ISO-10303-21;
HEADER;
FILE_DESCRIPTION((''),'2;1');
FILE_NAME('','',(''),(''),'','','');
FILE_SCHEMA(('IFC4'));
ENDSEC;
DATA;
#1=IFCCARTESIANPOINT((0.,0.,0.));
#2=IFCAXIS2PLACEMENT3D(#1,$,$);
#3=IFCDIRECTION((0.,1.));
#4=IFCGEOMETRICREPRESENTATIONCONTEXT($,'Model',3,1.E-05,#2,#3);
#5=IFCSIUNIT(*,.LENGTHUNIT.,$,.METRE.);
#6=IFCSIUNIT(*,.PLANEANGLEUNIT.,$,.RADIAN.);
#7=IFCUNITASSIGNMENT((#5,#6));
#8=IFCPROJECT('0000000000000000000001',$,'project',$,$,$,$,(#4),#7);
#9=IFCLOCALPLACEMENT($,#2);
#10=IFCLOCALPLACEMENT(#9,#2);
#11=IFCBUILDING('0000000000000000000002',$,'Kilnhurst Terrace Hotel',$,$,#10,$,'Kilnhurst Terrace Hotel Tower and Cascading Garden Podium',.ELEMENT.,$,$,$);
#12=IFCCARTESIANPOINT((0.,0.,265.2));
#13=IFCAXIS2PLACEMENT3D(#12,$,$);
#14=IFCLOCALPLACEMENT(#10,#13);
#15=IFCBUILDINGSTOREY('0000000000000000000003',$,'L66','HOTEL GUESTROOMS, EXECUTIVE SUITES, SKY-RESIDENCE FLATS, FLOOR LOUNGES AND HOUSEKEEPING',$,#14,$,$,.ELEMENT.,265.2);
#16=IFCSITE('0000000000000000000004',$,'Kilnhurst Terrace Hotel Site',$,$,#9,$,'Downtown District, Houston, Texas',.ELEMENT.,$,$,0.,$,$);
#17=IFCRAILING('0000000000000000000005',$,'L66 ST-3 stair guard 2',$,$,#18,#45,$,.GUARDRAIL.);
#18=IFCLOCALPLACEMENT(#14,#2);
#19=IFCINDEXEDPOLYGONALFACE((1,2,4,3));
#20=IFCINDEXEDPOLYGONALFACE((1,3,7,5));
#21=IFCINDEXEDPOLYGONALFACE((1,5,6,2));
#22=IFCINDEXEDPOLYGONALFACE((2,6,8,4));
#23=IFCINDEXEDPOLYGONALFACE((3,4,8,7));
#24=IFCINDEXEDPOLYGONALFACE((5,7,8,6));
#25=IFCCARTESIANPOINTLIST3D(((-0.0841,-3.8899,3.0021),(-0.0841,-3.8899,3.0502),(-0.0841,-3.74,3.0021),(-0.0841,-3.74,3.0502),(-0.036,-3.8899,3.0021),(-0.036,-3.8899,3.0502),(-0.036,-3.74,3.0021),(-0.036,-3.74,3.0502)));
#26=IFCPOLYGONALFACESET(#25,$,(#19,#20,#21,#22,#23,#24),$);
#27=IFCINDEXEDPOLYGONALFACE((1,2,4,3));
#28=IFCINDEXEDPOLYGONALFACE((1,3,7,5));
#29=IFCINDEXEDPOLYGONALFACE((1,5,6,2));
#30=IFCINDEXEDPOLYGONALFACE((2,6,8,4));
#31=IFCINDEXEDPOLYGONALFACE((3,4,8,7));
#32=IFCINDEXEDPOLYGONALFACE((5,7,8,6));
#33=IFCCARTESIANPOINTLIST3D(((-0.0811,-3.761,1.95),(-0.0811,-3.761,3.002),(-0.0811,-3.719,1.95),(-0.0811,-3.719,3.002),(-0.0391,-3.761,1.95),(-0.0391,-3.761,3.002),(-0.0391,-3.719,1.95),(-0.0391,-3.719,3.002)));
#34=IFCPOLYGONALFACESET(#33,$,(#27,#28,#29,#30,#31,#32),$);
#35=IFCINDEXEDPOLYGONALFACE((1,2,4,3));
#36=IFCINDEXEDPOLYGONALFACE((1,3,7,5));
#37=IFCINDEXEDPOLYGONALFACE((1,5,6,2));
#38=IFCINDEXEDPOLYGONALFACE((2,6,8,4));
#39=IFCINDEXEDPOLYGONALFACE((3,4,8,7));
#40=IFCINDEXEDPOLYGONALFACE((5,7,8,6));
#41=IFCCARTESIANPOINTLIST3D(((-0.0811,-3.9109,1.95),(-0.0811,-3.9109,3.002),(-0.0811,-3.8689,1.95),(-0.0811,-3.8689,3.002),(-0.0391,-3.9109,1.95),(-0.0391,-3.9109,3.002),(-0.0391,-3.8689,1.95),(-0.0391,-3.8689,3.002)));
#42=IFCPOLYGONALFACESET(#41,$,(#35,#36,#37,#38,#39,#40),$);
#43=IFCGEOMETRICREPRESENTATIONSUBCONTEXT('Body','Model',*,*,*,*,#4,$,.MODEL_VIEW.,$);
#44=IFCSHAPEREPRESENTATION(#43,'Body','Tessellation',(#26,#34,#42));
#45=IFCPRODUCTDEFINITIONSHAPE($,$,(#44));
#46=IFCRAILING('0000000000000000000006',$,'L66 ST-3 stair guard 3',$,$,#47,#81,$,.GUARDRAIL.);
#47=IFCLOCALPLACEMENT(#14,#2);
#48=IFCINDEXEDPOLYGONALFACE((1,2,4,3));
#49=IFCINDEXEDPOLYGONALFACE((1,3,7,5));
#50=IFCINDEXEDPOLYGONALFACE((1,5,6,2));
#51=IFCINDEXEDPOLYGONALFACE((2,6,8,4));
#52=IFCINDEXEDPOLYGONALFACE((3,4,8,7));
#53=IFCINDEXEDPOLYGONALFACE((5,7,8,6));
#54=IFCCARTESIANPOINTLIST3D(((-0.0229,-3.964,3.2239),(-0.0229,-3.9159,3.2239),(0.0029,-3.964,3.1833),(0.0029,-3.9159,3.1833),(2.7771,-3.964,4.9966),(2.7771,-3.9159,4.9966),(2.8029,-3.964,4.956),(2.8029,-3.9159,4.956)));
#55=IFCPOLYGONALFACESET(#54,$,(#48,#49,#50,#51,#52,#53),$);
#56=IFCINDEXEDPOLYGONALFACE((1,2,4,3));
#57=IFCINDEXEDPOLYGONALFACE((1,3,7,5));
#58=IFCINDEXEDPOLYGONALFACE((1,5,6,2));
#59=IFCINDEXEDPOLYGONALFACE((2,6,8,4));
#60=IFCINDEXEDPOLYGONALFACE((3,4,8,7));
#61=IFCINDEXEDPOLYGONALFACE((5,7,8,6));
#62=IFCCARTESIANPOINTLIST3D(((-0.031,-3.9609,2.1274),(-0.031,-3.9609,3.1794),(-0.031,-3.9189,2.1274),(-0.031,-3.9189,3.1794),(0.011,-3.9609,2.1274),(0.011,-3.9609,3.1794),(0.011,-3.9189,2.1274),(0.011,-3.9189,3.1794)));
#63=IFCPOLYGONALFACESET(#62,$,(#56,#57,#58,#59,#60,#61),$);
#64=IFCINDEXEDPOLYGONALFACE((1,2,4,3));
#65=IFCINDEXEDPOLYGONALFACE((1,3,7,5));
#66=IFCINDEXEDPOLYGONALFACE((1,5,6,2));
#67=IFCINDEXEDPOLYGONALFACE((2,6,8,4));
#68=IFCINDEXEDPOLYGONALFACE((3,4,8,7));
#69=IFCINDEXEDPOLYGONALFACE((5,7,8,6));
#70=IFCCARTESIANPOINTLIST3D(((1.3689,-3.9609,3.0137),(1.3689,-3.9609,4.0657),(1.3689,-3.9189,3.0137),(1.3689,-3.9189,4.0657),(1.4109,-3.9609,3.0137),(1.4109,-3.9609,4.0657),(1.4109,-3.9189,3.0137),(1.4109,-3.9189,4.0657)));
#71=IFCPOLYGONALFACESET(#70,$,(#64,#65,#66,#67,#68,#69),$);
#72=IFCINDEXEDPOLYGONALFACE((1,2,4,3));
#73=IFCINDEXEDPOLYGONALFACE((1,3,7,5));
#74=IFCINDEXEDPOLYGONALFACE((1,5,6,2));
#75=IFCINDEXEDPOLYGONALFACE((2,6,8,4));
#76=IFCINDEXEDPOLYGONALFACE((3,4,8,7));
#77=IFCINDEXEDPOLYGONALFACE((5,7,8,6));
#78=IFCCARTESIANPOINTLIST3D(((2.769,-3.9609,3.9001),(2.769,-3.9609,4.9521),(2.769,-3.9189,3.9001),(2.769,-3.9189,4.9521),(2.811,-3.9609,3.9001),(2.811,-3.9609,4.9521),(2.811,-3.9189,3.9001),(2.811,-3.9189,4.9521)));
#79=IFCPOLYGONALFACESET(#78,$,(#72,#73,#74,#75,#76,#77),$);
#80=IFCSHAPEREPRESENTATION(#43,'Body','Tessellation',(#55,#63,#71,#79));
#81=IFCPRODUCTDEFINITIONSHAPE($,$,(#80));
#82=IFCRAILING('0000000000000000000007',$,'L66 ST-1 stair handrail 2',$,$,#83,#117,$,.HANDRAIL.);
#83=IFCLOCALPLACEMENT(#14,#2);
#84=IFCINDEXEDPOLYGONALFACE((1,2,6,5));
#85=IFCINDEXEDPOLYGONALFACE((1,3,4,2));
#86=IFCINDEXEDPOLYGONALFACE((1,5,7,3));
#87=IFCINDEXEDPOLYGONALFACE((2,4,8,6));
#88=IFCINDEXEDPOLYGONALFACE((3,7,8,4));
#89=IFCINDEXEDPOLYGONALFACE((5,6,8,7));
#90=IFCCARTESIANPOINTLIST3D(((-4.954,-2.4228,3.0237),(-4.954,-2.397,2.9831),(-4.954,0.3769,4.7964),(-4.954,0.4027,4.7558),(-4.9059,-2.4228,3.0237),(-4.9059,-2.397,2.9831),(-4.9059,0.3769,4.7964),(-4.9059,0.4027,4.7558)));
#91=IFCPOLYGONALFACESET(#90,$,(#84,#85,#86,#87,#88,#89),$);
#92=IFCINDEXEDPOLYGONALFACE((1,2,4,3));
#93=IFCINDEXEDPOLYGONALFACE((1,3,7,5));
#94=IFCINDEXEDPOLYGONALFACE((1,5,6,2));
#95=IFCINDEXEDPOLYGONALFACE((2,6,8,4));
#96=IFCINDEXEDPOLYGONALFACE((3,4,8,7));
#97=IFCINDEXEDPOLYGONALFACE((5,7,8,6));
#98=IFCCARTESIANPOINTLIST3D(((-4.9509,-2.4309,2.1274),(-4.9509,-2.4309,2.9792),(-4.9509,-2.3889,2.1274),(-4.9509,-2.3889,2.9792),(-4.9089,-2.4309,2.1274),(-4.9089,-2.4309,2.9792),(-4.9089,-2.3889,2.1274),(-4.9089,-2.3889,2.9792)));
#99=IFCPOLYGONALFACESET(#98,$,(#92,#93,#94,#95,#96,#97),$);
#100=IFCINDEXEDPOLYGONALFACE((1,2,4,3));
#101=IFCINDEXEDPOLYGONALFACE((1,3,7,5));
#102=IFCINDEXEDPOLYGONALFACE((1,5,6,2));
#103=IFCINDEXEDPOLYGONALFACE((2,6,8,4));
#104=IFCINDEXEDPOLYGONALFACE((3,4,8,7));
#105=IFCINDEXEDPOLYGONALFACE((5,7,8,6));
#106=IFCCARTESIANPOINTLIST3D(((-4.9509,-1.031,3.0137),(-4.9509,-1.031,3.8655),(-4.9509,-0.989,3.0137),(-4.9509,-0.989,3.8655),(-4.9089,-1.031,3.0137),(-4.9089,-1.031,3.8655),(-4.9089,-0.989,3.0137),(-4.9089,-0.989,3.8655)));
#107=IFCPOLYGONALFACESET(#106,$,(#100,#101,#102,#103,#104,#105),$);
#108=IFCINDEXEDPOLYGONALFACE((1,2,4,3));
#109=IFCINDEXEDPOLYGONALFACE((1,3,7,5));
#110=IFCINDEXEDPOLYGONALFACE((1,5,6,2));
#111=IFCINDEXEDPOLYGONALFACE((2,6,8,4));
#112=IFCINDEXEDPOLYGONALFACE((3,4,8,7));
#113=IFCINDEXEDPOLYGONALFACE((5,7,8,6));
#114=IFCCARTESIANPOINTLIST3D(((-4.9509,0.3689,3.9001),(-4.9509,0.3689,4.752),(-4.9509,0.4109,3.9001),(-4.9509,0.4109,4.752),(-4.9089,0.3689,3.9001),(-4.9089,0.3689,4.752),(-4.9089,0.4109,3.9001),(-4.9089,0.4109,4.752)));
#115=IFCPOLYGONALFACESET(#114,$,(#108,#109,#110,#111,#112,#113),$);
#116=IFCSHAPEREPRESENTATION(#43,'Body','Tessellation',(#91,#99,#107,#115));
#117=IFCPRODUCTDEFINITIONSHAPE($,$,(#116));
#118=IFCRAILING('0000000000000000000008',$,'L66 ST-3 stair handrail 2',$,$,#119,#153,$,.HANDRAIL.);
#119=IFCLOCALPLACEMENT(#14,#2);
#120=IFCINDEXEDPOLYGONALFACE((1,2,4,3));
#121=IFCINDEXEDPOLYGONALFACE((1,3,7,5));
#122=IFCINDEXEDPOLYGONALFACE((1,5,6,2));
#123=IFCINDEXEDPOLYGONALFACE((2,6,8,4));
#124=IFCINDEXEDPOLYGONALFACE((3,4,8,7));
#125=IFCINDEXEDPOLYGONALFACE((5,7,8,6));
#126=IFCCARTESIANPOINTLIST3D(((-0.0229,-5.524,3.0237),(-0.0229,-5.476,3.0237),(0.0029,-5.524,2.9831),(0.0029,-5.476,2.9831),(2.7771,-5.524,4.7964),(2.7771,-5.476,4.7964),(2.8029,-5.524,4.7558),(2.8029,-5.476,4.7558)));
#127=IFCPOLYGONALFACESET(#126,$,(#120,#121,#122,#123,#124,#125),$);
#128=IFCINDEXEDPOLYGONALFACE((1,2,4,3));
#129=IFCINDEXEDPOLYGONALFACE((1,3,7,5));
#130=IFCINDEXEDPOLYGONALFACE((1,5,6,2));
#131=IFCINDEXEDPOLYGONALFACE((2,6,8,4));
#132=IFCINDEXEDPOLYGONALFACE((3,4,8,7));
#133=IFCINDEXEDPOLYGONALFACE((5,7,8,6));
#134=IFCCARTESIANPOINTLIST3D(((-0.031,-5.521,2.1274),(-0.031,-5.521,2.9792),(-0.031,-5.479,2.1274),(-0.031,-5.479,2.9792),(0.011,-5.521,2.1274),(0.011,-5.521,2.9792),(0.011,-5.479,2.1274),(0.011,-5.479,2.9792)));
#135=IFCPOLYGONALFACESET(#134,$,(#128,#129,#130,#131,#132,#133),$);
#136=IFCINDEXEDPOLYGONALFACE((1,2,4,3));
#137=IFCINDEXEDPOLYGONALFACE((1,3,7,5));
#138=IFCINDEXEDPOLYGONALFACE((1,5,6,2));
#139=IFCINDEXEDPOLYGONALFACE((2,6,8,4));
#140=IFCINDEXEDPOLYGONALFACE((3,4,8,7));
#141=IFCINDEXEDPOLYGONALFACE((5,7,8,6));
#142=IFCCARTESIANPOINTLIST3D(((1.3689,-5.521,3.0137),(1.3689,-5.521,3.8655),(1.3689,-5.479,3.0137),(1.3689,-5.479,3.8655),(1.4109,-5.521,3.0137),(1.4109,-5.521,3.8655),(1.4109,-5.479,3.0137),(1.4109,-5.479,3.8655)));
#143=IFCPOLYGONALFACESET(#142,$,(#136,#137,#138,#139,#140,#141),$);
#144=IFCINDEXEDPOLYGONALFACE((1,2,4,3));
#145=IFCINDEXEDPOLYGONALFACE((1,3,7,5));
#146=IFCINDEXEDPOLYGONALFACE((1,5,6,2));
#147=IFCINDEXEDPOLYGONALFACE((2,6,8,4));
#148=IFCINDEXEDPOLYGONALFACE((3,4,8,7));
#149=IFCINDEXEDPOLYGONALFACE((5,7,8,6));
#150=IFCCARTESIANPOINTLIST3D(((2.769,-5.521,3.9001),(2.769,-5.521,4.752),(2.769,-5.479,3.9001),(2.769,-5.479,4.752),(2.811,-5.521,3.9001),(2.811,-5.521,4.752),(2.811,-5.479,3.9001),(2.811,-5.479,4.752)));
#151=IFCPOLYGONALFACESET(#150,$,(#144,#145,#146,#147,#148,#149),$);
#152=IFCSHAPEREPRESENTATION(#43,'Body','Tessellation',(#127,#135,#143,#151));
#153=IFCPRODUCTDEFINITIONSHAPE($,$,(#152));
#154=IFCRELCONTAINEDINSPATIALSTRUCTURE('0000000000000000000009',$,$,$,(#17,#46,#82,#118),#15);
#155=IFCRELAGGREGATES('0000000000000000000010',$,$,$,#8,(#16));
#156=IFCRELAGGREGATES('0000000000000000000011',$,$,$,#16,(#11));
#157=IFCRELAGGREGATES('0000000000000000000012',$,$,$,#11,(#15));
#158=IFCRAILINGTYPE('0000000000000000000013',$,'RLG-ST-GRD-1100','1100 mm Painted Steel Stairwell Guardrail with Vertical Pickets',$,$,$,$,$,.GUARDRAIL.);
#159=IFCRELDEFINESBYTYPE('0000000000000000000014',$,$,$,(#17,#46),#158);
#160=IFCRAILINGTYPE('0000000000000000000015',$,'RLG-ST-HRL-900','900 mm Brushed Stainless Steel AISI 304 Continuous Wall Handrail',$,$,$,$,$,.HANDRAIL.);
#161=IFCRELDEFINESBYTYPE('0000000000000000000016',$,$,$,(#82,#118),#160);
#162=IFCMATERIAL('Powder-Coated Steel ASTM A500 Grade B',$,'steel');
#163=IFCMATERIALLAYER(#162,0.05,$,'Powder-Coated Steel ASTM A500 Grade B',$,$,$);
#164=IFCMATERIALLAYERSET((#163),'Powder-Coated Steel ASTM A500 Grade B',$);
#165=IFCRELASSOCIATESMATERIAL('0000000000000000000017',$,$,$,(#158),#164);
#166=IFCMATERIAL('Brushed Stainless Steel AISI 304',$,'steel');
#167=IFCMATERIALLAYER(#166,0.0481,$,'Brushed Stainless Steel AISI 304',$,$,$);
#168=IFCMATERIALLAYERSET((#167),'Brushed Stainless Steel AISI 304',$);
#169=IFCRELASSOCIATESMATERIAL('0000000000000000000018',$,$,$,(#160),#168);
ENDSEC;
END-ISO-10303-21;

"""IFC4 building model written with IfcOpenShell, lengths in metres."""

from ifc_helpers import new_model, si_unit, direction, frame, origin, origin_2d, place, context, subcontext, project, spatial, rectangle, extrude, material, layer, layer_set, type_object, element, save


model = new_model("IFC4")

# Units and contexts
model_context = context("Model", 3, precision=1e-05, world=origin(), true_north=direction((0.0, 1.0)))
body_context = subcontext(model_context, "Body", "Model", "MODEL_VIEW")
ifc_project = project(units=[si_unit("LENGTHUNIT", "METRE"), si_unit("PLANEANGLEUNIT", "RADIAN")], contexts=[model_context])

# Site, building, storey
site_placement = place(None, origin())
site = spatial("IfcSite", under=ifc_project, at=site_placement, Name="Kilnhurst Terrace Hotel Site", LongName="Downtown District, Houston, Texas", CompositionType="ELEMENT", RefElevation=0.0)
building_placement = place(site_placement, origin())
building = spatial("IfcBuilding", under=site, at=building_placement, Name="Kilnhurst Terrace Hotel", LongName="Kilnhurst Terrace Hotel Tower and Cascading Garden Podium", CompositionType="ELEMENT")
storey_placement = place(building_placement, frame((0.0, 0.0, 265.2)))
storey = spatial("IfcBuildingStorey", under=building, at=storey_placement, Name="L66", Description="HOTEL GUESTROOMS, EXECUTIVE SUITES, SKY-RESIDENCE FLATS, FLOOR LOUNGES AND HOUSEKEEPING", CompositionType="ELEMENT", Elevation=265.2)

# Railings
ifc_material_1 = material(Name="Powder-Coated Steel ASTM A500 Grade B", Category="steel")
ifc_layer_1 = layer(ifc_material_1, 0.05, Name="Powder-Coated Steel ASTM A500 Grade B")
ifc_layer_set_1 = layer_set([ifc_layer_1], Name="Powder-Coated Steel ASTM A500 Grade B")
railing_type_1 = type_object("IfcRailingType", Name="RLG-ST-GRD-1100", Description="1100 mm Painted Steel Stairwell Guardrail with Vertical Pickets", PredefinedType="GUARDRAIL", material=ifc_layer_set_1)
railing_1_placement = place(storey_placement, frame((-0.0601, -3.74, 1.95)))
element("IfcRailing", 1, at=railing_1_placement, inside=storey, type_object=railing_type_1, Name="L66 ST-3 stair guard 2", PredefinedType="GUARDRAIL", context=body_context, shape_type="SweptSolid", body=[
    extrude(rectangle(XDim=0.0481, YDim=0.0481, at=origin_2d()), frame((0.0, 0.0, 1.0762), z_axis=(0.0, -1.0, 0.0), x_axis=(1.0, 0.0, 0.0)), (0.0, 0.0, 1.0), 0.1499),
    extrude(rectangle(XDim=0.042, YDim=0.042, at=origin_2d()), origin(), (0.0, 0.0, 1.0), 1.052),
    extrude(rectangle(XDim=0.042, YDim=0.042, at=origin_2d()), frame((0.0, -0.1499, 0.0)), (0.0, 0.0, 1.0), 1.052),
])
railing_2_placement = place(storey_placement, frame((-0.01, -3.9399, 2.1274)))
element("IfcRailing", 2, at=railing_2_placement, inside=storey, type_object=railing_type_1, Name="L66 ST-3 stair guard 3", PredefinedType="GUARDRAIL", context=body_context, shape_type="SweptSolid", body=[
    extrude(rectangle(XDim=0.0481, YDim=0.0481, at=origin_2d()), frame((0.0, 0.0, 1.0762), z_axis=(0.844909, 0.0, 0.53491), x_axis=(0.0, 1.0, 0.0)), (0.0, 0.0, 1.0), 3.314),
    extrude(rectangle(XDim=0.042, YDim=0.042, at=origin_2d()), origin(), (0.0, 0.0, 1.0), 1.052),
    extrude(rectangle(XDim=0.042, YDim=0.042, at=origin_2d()), frame((1.3999, 0.0, 0.8862)), (0.0, 0.0, 1.0), 1.052),
    extrude(rectangle(XDim=0.042, YDim=0.042, at=origin_2d()), frame((2.8, 0.0, 1.7727)), (0.0, 0.0, 1.0), 1.052),
])
ifc_material_2 = material(Name="Brushed Stainless Steel AISI 304", Category="steel")
ifc_layer_2 = layer(ifc_material_2, 0.0481, Name="Brushed Stainless Steel AISI 304")
ifc_layer_set_2 = layer_set([ifc_layer_2], Name="Brushed Stainless Steel AISI 304")
railing_type_2 = type_object("IfcRailingType", Name="RLG-ST-HRL-900", Description="900 mm Brushed Stainless Steel AISI 304 Continuous Wall Handrail", PredefinedType="HANDRAIL", material=ifc_layer_set_2)
railing_3_placement = place(storey_placement, frame((-4.9299, -2.4099, 2.1274)))
element("IfcRailing", 3, at=railing_3_placement, inside=storey, type_object=railing_type_2, Name="L66 ST-1 stair handrail 2", PredefinedType="HANDRAIL", context=body_context, shape_type="SweptSolid", body=[
    extrude(rectangle(XDim=0.0481, YDim=0.0481, at=origin_2d()), frame((0.0, 0.0, 0.876), z_axis=(0.0, 0.844888, 0.534943), x_axis=(-1.0, 0.0, 0.0)), (0.0, 0.0, 1.0), 3.3137),
    extrude(rectangle(XDim=0.042, YDim=0.042, at=origin_2d()), origin(), (0.0, 0.0, 1.0), 0.8518),
    extrude(rectangle(XDim=0.042, YDim=0.042, at=origin_2d()), frame((0.0, 1.3999, 0.8862)), (0.0, 0.0, 1.0), 0.8518),
    extrude(rectangle(XDim=0.042, YDim=0.042, at=origin_2d()), frame((0.0, 2.7998, 1.7727)), (0.0, 0.0, 1.0), 0.8518),
])
railing_4_placement = place(storey_placement, frame((-0.01, -5.5, 2.1274)))
element("IfcRailing", 4, at=railing_4_placement, inside=storey, type_object=railing_type_2, Name="L66 ST-3 stair handrail 2", PredefinedType="HANDRAIL", context=body_context, shape_type="SweptSolid", body=[
    extrude(rectangle(XDim=0.0481, YDim=0.0481, at=origin_2d()), frame((0.0, 0.0, 0.876), z_axis=(0.844909, 0.0, 0.53491), x_axis=(0.0, 1.0, 0.0)), (0.0, 0.0, 1.0), 3.314),
    extrude(rectangle(XDim=0.042, YDim=0.042, at=origin_2d()), origin(), (0.0, 0.0, 1.0), 0.8518),
    extrude(rectangle(XDim=0.042, YDim=0.042, at=origin_2d()), frame((1.3999, 0.0, 0.8862)), (0.0, 0.0, 1.0), 0.8518),
    extrude(rectangle(XDim=0.042, YDim=0.042, at=origin_2d()), frame((2.8, 0.0, 1.7727)), (0.0, 0.0, 1.0), 0.8518),
])

save(model, "model.ifc")
